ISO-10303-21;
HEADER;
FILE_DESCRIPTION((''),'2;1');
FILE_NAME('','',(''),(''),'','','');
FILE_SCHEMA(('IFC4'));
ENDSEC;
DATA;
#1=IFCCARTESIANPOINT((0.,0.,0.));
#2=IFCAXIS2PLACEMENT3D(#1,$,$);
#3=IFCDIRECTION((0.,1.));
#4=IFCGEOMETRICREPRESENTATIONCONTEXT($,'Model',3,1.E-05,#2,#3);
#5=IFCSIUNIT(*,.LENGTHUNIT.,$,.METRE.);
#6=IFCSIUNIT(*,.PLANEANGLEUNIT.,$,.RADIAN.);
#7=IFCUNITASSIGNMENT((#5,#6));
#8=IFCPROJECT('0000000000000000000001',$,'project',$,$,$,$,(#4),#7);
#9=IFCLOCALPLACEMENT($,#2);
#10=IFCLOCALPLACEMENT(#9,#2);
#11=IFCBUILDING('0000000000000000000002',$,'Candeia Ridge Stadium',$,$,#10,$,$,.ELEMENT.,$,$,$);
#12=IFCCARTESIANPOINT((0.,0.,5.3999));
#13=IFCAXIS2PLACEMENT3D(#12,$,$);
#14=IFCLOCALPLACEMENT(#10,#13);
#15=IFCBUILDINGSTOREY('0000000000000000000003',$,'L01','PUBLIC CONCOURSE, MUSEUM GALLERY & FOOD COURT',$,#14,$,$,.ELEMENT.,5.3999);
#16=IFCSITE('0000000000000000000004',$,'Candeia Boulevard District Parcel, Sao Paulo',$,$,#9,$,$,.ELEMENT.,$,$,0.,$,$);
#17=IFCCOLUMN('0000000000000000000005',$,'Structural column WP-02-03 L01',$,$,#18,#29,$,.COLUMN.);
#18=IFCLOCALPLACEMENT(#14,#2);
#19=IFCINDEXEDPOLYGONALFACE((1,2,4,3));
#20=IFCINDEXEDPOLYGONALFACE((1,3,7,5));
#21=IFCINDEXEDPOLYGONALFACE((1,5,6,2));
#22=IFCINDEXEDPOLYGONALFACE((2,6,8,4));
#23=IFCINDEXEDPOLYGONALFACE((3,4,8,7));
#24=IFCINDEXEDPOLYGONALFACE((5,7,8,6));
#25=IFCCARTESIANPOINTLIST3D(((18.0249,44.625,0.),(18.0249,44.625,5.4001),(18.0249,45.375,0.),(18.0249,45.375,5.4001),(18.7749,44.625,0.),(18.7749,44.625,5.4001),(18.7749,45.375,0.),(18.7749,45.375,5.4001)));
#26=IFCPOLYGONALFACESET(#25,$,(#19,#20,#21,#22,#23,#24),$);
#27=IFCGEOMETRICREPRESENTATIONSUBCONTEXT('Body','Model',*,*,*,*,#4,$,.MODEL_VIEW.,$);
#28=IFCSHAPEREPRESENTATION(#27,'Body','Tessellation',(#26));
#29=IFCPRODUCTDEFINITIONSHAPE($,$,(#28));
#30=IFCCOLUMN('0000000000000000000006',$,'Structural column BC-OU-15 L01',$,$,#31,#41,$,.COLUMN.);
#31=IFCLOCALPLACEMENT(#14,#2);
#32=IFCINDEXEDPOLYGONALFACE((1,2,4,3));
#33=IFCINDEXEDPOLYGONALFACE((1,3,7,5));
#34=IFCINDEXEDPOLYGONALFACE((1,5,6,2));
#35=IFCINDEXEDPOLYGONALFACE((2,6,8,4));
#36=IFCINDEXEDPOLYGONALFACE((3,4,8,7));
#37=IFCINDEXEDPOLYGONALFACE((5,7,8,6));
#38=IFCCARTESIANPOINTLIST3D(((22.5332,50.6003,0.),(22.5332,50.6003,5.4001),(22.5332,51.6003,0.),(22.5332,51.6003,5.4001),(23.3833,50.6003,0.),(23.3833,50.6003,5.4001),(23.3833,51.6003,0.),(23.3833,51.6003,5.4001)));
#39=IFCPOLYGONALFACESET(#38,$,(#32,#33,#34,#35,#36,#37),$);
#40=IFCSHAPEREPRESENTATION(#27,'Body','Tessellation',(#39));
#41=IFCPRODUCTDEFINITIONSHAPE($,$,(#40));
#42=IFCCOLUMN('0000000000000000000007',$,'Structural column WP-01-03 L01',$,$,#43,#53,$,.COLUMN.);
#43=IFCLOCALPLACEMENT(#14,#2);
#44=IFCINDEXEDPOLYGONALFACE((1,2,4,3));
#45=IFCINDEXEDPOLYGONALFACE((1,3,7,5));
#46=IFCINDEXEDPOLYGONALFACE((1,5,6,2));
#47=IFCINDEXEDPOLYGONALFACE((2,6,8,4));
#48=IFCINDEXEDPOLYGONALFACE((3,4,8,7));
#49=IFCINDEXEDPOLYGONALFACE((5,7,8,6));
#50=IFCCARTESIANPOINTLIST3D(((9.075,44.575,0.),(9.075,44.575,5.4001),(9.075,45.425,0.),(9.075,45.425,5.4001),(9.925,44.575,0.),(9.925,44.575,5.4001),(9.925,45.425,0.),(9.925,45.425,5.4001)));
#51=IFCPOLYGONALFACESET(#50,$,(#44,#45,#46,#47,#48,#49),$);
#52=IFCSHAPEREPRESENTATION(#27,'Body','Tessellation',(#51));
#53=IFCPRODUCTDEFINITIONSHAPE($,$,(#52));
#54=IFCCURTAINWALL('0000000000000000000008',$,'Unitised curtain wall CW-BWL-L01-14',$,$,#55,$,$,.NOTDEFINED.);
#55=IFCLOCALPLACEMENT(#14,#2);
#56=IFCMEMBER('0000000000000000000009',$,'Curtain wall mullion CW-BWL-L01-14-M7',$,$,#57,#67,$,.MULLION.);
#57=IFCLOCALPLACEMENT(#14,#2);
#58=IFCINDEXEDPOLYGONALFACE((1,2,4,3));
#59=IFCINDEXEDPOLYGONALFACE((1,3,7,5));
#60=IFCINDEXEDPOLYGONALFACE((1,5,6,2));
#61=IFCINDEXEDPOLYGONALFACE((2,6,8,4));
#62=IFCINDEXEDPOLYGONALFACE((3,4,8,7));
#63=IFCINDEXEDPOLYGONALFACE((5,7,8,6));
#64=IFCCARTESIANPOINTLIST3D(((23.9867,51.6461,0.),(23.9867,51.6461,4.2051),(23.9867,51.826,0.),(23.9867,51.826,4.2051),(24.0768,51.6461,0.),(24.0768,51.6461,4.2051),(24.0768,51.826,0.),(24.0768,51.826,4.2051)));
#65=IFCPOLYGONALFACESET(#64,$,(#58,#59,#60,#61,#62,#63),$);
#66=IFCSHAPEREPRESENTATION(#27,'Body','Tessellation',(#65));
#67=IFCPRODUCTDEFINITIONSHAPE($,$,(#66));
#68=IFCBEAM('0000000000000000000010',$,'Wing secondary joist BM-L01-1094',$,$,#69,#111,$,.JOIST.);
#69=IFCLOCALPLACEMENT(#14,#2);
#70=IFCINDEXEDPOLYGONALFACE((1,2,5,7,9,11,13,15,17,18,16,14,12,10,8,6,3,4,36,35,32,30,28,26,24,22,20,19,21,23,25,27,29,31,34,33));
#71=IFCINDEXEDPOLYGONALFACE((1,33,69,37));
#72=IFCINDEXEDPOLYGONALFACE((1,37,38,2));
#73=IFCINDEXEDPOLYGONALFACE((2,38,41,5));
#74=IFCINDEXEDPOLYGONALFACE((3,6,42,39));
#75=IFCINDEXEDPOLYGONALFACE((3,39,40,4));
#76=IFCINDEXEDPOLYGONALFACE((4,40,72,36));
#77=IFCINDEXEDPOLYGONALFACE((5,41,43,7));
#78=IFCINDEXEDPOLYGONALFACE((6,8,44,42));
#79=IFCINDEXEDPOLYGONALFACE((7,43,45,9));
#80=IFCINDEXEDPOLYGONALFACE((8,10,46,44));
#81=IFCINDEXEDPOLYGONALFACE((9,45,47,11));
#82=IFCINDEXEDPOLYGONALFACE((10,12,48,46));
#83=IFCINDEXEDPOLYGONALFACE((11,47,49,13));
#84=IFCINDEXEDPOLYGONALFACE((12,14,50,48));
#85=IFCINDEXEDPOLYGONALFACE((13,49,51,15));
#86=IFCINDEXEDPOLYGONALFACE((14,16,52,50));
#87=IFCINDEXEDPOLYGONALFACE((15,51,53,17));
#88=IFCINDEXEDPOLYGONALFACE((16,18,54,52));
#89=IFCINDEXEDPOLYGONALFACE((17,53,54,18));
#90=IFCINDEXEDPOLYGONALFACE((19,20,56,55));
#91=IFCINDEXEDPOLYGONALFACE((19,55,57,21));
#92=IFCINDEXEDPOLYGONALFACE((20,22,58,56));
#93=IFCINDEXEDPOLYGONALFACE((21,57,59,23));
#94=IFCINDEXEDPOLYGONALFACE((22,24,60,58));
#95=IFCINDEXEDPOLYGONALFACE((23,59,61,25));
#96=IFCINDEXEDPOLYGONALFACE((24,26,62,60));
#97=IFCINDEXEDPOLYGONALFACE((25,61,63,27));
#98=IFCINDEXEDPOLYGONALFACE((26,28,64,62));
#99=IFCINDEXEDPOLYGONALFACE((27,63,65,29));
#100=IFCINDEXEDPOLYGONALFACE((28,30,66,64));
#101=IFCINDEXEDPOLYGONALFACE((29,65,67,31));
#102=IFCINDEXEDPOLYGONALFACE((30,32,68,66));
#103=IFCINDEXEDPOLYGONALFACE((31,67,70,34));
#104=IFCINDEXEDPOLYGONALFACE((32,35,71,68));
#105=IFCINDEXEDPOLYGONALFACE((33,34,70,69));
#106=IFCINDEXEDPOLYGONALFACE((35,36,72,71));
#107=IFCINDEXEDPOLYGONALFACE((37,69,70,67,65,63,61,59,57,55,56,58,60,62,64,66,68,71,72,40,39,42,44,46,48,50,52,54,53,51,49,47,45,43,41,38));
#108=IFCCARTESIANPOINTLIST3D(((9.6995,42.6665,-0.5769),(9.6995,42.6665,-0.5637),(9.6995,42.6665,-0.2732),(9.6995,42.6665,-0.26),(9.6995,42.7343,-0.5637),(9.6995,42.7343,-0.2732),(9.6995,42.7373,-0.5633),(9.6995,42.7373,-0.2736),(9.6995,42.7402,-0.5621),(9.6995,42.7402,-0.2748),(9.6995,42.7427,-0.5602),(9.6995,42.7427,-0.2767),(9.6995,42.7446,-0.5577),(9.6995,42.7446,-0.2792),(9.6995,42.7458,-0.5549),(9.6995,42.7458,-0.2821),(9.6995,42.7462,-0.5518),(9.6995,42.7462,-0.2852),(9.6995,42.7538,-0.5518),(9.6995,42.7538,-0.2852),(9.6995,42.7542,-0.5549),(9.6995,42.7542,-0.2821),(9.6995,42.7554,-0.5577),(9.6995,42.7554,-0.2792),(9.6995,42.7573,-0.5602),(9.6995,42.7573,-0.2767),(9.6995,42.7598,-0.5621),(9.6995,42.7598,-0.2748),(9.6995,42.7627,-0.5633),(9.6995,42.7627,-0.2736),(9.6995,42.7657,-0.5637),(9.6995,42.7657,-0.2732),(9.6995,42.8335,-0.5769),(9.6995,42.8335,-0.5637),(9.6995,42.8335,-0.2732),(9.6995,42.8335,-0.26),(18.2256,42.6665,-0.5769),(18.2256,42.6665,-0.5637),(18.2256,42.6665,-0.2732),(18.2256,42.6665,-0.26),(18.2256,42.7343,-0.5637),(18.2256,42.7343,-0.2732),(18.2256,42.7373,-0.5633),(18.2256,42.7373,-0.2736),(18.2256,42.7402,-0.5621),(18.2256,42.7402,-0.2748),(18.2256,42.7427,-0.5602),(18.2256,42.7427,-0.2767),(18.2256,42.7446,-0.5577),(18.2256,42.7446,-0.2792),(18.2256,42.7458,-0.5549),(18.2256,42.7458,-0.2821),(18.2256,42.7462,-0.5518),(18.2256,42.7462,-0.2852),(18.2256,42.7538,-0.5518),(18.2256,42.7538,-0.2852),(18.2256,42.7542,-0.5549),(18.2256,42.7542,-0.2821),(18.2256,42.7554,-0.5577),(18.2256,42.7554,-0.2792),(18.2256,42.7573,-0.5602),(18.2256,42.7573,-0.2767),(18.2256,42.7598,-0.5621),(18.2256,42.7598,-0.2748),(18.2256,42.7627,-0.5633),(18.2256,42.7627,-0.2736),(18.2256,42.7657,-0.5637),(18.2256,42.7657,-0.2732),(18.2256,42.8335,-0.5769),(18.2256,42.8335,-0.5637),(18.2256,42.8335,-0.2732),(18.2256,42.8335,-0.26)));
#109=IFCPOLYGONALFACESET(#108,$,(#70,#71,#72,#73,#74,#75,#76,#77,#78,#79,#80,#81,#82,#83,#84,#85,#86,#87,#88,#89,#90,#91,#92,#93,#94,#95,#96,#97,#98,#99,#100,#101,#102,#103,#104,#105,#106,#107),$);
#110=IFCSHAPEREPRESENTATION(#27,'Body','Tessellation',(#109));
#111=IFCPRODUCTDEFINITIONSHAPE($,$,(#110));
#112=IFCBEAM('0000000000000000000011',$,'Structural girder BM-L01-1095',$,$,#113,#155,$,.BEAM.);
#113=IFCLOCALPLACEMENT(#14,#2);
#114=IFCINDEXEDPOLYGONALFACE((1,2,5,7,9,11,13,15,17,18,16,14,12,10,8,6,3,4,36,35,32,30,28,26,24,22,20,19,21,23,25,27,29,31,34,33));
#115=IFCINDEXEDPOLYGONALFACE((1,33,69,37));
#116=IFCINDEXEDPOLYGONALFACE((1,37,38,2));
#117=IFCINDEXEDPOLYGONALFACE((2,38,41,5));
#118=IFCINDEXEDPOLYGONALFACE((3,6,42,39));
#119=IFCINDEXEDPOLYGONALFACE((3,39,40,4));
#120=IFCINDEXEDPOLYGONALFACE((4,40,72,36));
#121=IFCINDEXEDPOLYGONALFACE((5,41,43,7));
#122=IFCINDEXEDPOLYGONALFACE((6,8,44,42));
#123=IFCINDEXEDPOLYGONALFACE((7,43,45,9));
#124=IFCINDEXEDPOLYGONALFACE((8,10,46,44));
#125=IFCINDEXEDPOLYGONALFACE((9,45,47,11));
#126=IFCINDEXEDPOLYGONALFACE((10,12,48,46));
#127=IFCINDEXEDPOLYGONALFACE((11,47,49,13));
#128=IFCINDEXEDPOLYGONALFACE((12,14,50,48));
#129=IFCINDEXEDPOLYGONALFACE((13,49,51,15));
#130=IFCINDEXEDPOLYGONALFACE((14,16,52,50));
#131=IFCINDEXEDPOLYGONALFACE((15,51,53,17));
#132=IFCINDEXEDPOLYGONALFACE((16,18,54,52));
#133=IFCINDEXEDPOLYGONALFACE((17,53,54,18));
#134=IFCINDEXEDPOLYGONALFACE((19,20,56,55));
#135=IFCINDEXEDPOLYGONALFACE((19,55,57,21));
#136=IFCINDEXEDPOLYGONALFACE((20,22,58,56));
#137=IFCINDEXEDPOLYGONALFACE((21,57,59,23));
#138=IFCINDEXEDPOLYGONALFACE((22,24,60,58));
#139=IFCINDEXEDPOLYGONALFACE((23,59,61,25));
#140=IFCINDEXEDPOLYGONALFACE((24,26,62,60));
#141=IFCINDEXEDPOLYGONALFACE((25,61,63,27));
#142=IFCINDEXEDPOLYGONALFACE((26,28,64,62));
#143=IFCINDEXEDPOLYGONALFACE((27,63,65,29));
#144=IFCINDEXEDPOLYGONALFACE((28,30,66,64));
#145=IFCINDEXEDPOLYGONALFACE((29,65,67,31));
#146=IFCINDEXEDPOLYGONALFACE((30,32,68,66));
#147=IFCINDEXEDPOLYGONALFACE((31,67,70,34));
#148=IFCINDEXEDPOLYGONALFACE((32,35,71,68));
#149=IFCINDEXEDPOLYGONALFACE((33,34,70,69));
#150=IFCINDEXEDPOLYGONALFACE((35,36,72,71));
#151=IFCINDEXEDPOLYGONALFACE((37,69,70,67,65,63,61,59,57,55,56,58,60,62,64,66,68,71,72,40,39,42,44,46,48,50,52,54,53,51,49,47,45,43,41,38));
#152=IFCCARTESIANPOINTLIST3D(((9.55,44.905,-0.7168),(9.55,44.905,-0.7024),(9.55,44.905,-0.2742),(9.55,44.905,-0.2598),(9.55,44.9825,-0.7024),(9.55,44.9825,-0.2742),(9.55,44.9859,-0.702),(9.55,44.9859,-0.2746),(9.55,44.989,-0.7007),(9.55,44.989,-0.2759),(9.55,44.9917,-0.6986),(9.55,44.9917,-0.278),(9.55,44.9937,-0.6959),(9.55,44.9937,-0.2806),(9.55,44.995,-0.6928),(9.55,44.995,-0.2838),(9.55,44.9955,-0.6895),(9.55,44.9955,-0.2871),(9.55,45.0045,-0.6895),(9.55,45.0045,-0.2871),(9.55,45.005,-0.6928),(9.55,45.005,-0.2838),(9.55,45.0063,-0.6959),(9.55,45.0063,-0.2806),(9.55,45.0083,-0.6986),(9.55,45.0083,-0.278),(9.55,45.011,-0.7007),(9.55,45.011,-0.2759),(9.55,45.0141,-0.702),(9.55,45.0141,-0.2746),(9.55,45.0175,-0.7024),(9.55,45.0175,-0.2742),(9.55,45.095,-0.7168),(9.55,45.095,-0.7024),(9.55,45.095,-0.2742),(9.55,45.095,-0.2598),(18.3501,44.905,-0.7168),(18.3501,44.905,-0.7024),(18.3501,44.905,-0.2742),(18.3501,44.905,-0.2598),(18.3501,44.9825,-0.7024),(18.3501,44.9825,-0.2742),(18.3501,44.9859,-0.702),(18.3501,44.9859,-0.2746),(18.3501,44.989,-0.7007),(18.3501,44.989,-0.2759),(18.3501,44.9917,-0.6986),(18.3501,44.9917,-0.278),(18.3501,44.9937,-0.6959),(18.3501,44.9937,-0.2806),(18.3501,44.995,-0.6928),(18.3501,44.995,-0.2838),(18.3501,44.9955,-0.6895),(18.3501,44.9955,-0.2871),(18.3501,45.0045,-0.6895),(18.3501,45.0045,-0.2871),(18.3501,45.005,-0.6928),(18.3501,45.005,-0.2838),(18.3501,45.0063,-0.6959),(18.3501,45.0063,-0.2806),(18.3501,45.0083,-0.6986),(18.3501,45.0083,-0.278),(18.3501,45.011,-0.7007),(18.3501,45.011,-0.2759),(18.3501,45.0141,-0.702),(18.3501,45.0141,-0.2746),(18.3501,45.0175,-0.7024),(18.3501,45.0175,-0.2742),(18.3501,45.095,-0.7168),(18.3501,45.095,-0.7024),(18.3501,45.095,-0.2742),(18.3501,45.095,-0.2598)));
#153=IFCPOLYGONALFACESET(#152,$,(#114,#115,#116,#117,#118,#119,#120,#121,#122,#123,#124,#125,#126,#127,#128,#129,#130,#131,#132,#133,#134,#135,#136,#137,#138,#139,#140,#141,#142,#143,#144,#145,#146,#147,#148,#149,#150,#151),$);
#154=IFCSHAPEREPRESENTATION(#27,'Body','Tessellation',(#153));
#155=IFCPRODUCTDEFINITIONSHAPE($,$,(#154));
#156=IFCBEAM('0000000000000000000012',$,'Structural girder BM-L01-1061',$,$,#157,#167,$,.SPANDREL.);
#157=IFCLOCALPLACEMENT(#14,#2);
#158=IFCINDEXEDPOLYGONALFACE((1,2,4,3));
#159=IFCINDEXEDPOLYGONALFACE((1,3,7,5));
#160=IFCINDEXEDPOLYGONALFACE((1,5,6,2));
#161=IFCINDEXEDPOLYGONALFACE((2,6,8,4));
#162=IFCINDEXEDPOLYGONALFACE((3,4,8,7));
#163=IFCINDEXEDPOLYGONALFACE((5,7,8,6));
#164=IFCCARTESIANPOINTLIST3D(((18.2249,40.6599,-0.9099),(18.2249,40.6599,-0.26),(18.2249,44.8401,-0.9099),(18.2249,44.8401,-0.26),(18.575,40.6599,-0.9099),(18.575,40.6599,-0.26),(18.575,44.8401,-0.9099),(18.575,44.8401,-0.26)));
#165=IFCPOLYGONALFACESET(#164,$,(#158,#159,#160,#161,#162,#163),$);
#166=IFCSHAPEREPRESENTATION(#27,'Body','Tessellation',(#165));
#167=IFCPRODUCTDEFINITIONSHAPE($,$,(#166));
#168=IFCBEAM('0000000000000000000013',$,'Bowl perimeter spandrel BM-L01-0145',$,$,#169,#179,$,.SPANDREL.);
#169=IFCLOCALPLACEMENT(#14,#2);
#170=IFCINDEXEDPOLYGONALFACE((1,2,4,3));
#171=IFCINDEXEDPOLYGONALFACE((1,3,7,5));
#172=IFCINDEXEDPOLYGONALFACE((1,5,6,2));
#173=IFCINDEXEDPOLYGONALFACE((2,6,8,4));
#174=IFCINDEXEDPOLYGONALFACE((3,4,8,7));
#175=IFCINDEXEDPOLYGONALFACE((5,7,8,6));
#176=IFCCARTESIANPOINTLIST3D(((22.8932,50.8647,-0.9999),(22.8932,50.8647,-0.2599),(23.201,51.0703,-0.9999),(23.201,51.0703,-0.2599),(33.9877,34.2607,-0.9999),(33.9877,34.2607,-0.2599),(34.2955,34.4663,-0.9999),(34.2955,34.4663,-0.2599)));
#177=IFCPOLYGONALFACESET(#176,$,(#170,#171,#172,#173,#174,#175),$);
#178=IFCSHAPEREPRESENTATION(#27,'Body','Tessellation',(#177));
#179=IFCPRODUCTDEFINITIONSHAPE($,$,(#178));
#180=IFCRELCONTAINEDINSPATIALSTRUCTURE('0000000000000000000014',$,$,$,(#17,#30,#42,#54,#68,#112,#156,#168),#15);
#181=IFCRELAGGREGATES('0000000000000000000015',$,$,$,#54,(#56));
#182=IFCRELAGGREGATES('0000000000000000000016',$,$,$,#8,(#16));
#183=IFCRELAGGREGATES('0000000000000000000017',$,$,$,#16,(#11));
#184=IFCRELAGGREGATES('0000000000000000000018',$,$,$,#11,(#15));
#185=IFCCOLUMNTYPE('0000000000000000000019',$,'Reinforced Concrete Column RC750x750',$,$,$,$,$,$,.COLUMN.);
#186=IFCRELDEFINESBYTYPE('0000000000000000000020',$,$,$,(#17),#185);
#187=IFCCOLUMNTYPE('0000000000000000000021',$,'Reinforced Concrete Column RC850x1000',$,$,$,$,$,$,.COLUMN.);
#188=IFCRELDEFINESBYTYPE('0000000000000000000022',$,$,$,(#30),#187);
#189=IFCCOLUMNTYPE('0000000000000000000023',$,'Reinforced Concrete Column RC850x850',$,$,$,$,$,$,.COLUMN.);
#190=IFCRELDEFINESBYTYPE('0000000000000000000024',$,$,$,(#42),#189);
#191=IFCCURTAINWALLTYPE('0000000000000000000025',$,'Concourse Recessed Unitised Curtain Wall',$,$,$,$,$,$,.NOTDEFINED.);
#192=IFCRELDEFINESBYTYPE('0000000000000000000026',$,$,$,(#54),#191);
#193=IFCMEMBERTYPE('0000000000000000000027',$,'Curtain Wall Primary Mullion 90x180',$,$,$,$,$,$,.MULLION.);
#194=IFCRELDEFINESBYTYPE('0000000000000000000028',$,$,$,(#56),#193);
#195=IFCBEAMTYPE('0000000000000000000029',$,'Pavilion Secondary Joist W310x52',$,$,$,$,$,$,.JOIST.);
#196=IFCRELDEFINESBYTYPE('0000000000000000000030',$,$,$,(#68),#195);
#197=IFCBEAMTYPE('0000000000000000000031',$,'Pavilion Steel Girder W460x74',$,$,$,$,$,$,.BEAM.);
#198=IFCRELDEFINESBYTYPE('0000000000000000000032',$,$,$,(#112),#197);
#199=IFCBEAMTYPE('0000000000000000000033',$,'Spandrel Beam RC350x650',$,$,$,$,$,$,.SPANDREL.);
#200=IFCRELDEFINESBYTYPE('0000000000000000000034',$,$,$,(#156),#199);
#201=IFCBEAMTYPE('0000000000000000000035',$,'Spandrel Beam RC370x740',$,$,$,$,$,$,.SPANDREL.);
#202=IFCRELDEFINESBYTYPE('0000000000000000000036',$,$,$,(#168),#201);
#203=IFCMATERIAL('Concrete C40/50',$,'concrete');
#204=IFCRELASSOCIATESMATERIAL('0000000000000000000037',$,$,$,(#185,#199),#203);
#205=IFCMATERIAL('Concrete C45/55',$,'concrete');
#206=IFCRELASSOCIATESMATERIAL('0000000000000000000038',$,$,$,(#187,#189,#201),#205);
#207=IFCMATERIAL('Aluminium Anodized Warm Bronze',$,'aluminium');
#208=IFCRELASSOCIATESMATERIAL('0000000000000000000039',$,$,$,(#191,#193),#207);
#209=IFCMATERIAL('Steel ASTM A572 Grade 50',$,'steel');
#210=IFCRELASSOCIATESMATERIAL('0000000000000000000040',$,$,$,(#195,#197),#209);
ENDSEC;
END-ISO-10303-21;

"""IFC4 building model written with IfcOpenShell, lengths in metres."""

from ifc_helpers import new_model, si_unit, direction, frame, origin, origin_2d, place, context, subcontext, project, spatial, rectangle, i_section, extrude, material, material_profile, profile_set, type_object, element, aggregate, save


model = new_model("IFC4")

# Units and contexts
model_context = context("Model", 3, precision=1e-05, world=origin(), true_north=direction((0.0, 1.0)))
body_context = subcontext(model_context, "Body", "Model", "MODEL_VIEW")
ifc_project = project(units=[si_unit("LENGTHUNIT", "METRE"), si_unit("PLANEANGLEUNIT", "RADIAN")], contexts=[model_context])

# Site, building, storey
site_placement = place(None, origin())
site = spatial("IfcSite", under=ifc_project, at=site_placement, Name="Candeia Boulevard District Parcel, Sao Paulo", CompositionType="ELEMENT", RefElevation=0.0)
building_placement = place(site_placement, origin())
building = spatial("IfcBuilding", under=site, at=building_placement, Name="Candeia Ridge Stadium", CompositionType="ELEMENT")
storey_placement = place(building_placement, frame((0.0, 0.0, 5.3999)))
storey = spatial("IfcBuildingStorey", under=building, at=storey_placement, Name="L01", Description="PUBLIC CONCOURSE, MUSEUM GALLERY & FOOD COURT", CompositionType="ELEMENT", Elevation=5.3999)

# Columns
ifc_material_1 = material(Name="Concrete C40/50", Category="concrete")
ifc_material_profile_1 = material_profile(ifc_material_1, rectangle(XDim=0.75, YDim=0.75, at=origin_2d()), Name="RC750x750", Category="concrete")
ifc_profile_set_1 = profile_set([ifc_material_profile_1], Name="Concrete C40/50")
column_type_1 = type_object("IfcColumnType", Name="Reinforced Concrete Column RC750x750", PredefinedType="COLUMN", material=ifc_profile_set_1)
column_1_placement = place(storey_placement, frame((18.3999, 45.0, 0.0), z_axis=(0.0, 0.0, 1.0), x_axis=(1.0, 0.0, 0.0)))
element("IfcColumn", 1, at=column_1_placement, inside=storey, type_object=column_type_1, Name="Structural column WP-02-03 L01", PredefinedType="COLUMN", context=body_context, shape_type="SweptSolid", body=[
    extrude(rectangle(XDim=0.75, YDim=0.75, at=origin_2d()), origin(), (0.0, 0.0, 1.0), 5.4001),
])
ifc_material_2 = material(Name="Concrete C45/55", Category="concrete")
ifc_material_profile_2 = material_profile(ifc_material_2, rectangle(XDim=0.8501, YDim=1.0, at=origin_2d()), Name="RC850x1000", Category="concrete")
ifc_profile_set_2 = profile_set([ifc_material_profile_2], Name="Concrete C45/55")
column_type_2 = type_object("IfcColumnType", Name="Reinforced Concrete Column RC850x1000", PredefinedType="COLUMN", material=ifc_profile_set_2)
column_2_placement = place(storey_placement, frame((22.9583, 51.1003, 0.0), z_axis=(0.0, 0.0, 1.0), x_axis=(1.0, 0.0, 0.0)))
element("IfcColumn", 2, at=column_2_placement, inside=storey, type_object=column_type_2, Name="Structural column BC-OU-15 L01", PredefinedType="COLUMN", context=body_context, shape_type="SweptSolid", body=[
    extrude(rectangle(XDim=0.8501, YDim=1.0, at=origin_2d()), origin(), (0.0, 0.0, 1.0), 5.4001),
])
ifc_material_profile_3 = material_profile(ifc_material_2, rectangle(XDim=0.8501, YDim=0.8501, at=origin_2d()), Name="RC850x850", Category="concrete")
ifc_profile_set_3 = profile_set([ifc_material_profile_3], Name="Concrete C45/55")
column_type_3 = type_object("IfcColumnType", Name="Reinforced Concrete Column RC850x850", PredefinedType="COLUMN", material=ifc_profile_set_3)
column_3_placement = place(storey_placement, frame((9.5, 45.0, 0.0), z_axis=(0.0, 0.0, 1.0), x_axis=(1.0, 0.0, 0.0)))
element("IfcColumn", 3, at=column_3_placement, inside=storey, type_object=column_type_3, Name="Structural column WP-01-03 L01", PredefinedType="COLUMN", context=body_context, shape_type="SweptSolid", body=[
    extrude(rectangle(XDim=0.8501, YDim=0.8501, at=origin_2d()), origin(), (0.0, 0.0, 1.0), 5.4001),
])

# Curtain wall, member
ifc_material_3 = material(Name="Aluminium Anodized Warm Bronze", Category="aluminium")
curtain_wall_type = type_object("IfcCurtainWallType", Name="Concourse Recessed Unitised Curtain Wall", PredefinedType="NOTDEFINED", material=ifc_material_3)
curtain_wall_placement = place(storey_placement, origin())
curtain_wall = element("IfcCurtainWall", 4, at=curtain_wall_placement, inside=storey, type_object=curtain_wall_type, Name="Unitised curtain wall CW-BWL-L01-14", PredefinedType="NOTDEFINED")
ifc_material_profile_4 = material_profile(ifc_material_3, rectangle(XDim=0.0901, YDim=0.1799, at=origin_2d()), Name="CWM-90x180", Category="aluminium")
ifc_profile_set_4 = profile_set([ifc_material_profile_4], Name="Aluminium Anodized Warm Bronze")
member_type = type_object("IfcMemberType", Name="Curtain Wall Primary Mullion 90x180", PredefinedType="MULLION", material=ifc_profile_set_4)
member_placement = place(storey_placement, frame((24.0317, 51.7361, 0.0), z_axis=(0.0, 0.0, 1.0), x_axis=(1.0, 0.0, 0.0)))
member = element("IfcMember", 5, at=member_placement, type_object=member_type, Name="Curtain wall mullion CW-BWL-L01-14-M7", PredefinedType="MULLION", context=body_context, shape_type="SweptSolid", body=[
    extrude(rectangle(XDim=0.0901, YDim=0.1799, at=origin_2d()), origin(), (0.0, 0.0, 1.0), 4.2051),
])
aggregate(curtain_wall, [member])

# Beams
ifc_material_4 = material(Name="Steel ASTM A572 Grade 50", Category="steel")
ifc_material_profile_5 = material_profile(ifc_material_4, i_section(OverallWidth=0.167, OverallDepth=0.3169, WebThickness=0.0076, FlangeThickness=0.0132, FilletRadius=0.012, at=origin_2d()), Name="W310x52", Category="steel")
ifc_profile_set_5 = profile_set([ifc_material_profile_5], Name="Steel ASTM A572 Grade 50")
beam_type_1 = type_object("IfcBeamType", Name="Pavilion Secondary Joist W310x52", PredefinedType="JOIST", material=ifc_profile_set_5)
beam_1_placement = place(storey_placement, frame((9.6995, 42.75, -0.4185), z_axis=(1.0, 0.0, 0.0), x_axis=(0.0, 1.0, 0.0)))
element("IfcBeam", 6, at=beam_1_placement, inside=storey, type_object=beam_type_1, Name="Wing secondary joist BM-L01-1094", PredefinedType="JOIST", context=body_context, shape_type="SweptSolid", body=[
    extrude(i_section(OverallWidth=0.167, OverallDepth=0.3169, WebThickness=0.0076, FlangeThickness=0.0132, FilletRadius=0.012, at=origin_2d()), origin(), (0.0, 0.0, 1.0), 8.5261),
])
ifc_material_profile_6 = material_profile(ifc_material_4, i_section(OverallWidth=0.1899, OverallDepth=0.457, WebThickness=0.009, FlangeThickness=0.0144, FilletRadius=0.0129, at=origin_2d()), Name="W460x74", Category="steel")
ifc_profile_set_6 = profile_set([ifc_material_profile_6], Name="Steel ASTM A572 Grade 50")
beam_type_2 = type_object("IfcBeamType", Name="Pavilion Steel Girder W460x74", PredefinedType="BEAM", material=ifc_profile_set_6)
beam_2_placement = place(storey_placement, frame((9.55, 45.0, -0.4883), z_axis=(1.0, 0.0, 0.0), x_axis=(0.0, 1.0, 0.0)))
element("IfcBeam", 7, at=beam_2_placement, inside=storey, type_object=beam_type_2, Name="Structural girder BM-L01-1095", PredefinedType="BEAM", context=body_context, shape_type="SweptSolid", body=[
    extrude(i_section(OverallWidth=0.1899, OverallDepth=0.457, WebThickness=0.009, FlangeThickness=0.0144, FilletRadius=0.0129, at=origin_2d()), origin(), (0.0, 0.0, 1.0), 8.8),
])
ifc_material_profile_7 = material_profile(ifc_material_1, rectangle(XDim=0.3501, YDim=0.6499, at=origin_2d()), Name="RC350x650", Category="concrete")
ifc_profile_set_7 = profile_set([ifc_material_profile_7], Name="Concrete C40/50")
beam_type_3 = type_object("IfcBeamType", Name="Spandrel Beam RC350x650", PredefinedType="SPANDREL", material=ifc_profile_set_7)
beam_3_placement = place(storey_placement, frame((18.3999, 40.6599, -0.585), z_axis=(0.0, 1.0, 0.0), x_axis=(-1.0, 0.0, 0.0)))
element("IfcBeam", 8, at=beam_3_placement, inside=storey, type_object=beam_type_3, Name="Structural girder BM-L01-1061", PredefinedType="SPANDREL", context=body_context, shape_type="SweptSolid", body=[
    extrude(rectangle(XDim=0.3501, YDim=0.6499, at=origin_2d()), origin(), (0.0, 0.0, 1.0), 4.1802),
])
ifc_material_profile_8 = material_profile(ifc_material_2, rectangle(XDim=0.3701, YDim=0.74, at=origin_2d()), Name="RC370x740", Category="concrete")
ifc_profile_set_8 = profile_set([ifc_material_profile_8], Name="Concrete C45/55")
beam_type_4 = type_object("IfcBeamType", Name="Spandrel Beam RC370x740", PredefinedType="SPANDREL", material=ifc_profile_set_8)
beam_4_placement = place(storey_placement, frame((23.0471, 50.9675, -0.6299), z_axis=(0.555572, -0.831469, 0.0), x_axis=(0.831469, 0.555572, 0.0)))
element("IfcBeam", 9, at=beam_4_placement, inside=storey, type_object=beam_type_4, Name="Bowl perimeter spandrel BM-L01-0145", PredefinedType="SPANDREL", context=body_context, shape_type="SweptSolid", body=[
    extrude(rectangle(XDim=0.3701, YDim=0.74, at=origin_2d()), origin(), (0.0, 0.0, 1.0), 19.9695),
])

save(model, "model.ifc")
